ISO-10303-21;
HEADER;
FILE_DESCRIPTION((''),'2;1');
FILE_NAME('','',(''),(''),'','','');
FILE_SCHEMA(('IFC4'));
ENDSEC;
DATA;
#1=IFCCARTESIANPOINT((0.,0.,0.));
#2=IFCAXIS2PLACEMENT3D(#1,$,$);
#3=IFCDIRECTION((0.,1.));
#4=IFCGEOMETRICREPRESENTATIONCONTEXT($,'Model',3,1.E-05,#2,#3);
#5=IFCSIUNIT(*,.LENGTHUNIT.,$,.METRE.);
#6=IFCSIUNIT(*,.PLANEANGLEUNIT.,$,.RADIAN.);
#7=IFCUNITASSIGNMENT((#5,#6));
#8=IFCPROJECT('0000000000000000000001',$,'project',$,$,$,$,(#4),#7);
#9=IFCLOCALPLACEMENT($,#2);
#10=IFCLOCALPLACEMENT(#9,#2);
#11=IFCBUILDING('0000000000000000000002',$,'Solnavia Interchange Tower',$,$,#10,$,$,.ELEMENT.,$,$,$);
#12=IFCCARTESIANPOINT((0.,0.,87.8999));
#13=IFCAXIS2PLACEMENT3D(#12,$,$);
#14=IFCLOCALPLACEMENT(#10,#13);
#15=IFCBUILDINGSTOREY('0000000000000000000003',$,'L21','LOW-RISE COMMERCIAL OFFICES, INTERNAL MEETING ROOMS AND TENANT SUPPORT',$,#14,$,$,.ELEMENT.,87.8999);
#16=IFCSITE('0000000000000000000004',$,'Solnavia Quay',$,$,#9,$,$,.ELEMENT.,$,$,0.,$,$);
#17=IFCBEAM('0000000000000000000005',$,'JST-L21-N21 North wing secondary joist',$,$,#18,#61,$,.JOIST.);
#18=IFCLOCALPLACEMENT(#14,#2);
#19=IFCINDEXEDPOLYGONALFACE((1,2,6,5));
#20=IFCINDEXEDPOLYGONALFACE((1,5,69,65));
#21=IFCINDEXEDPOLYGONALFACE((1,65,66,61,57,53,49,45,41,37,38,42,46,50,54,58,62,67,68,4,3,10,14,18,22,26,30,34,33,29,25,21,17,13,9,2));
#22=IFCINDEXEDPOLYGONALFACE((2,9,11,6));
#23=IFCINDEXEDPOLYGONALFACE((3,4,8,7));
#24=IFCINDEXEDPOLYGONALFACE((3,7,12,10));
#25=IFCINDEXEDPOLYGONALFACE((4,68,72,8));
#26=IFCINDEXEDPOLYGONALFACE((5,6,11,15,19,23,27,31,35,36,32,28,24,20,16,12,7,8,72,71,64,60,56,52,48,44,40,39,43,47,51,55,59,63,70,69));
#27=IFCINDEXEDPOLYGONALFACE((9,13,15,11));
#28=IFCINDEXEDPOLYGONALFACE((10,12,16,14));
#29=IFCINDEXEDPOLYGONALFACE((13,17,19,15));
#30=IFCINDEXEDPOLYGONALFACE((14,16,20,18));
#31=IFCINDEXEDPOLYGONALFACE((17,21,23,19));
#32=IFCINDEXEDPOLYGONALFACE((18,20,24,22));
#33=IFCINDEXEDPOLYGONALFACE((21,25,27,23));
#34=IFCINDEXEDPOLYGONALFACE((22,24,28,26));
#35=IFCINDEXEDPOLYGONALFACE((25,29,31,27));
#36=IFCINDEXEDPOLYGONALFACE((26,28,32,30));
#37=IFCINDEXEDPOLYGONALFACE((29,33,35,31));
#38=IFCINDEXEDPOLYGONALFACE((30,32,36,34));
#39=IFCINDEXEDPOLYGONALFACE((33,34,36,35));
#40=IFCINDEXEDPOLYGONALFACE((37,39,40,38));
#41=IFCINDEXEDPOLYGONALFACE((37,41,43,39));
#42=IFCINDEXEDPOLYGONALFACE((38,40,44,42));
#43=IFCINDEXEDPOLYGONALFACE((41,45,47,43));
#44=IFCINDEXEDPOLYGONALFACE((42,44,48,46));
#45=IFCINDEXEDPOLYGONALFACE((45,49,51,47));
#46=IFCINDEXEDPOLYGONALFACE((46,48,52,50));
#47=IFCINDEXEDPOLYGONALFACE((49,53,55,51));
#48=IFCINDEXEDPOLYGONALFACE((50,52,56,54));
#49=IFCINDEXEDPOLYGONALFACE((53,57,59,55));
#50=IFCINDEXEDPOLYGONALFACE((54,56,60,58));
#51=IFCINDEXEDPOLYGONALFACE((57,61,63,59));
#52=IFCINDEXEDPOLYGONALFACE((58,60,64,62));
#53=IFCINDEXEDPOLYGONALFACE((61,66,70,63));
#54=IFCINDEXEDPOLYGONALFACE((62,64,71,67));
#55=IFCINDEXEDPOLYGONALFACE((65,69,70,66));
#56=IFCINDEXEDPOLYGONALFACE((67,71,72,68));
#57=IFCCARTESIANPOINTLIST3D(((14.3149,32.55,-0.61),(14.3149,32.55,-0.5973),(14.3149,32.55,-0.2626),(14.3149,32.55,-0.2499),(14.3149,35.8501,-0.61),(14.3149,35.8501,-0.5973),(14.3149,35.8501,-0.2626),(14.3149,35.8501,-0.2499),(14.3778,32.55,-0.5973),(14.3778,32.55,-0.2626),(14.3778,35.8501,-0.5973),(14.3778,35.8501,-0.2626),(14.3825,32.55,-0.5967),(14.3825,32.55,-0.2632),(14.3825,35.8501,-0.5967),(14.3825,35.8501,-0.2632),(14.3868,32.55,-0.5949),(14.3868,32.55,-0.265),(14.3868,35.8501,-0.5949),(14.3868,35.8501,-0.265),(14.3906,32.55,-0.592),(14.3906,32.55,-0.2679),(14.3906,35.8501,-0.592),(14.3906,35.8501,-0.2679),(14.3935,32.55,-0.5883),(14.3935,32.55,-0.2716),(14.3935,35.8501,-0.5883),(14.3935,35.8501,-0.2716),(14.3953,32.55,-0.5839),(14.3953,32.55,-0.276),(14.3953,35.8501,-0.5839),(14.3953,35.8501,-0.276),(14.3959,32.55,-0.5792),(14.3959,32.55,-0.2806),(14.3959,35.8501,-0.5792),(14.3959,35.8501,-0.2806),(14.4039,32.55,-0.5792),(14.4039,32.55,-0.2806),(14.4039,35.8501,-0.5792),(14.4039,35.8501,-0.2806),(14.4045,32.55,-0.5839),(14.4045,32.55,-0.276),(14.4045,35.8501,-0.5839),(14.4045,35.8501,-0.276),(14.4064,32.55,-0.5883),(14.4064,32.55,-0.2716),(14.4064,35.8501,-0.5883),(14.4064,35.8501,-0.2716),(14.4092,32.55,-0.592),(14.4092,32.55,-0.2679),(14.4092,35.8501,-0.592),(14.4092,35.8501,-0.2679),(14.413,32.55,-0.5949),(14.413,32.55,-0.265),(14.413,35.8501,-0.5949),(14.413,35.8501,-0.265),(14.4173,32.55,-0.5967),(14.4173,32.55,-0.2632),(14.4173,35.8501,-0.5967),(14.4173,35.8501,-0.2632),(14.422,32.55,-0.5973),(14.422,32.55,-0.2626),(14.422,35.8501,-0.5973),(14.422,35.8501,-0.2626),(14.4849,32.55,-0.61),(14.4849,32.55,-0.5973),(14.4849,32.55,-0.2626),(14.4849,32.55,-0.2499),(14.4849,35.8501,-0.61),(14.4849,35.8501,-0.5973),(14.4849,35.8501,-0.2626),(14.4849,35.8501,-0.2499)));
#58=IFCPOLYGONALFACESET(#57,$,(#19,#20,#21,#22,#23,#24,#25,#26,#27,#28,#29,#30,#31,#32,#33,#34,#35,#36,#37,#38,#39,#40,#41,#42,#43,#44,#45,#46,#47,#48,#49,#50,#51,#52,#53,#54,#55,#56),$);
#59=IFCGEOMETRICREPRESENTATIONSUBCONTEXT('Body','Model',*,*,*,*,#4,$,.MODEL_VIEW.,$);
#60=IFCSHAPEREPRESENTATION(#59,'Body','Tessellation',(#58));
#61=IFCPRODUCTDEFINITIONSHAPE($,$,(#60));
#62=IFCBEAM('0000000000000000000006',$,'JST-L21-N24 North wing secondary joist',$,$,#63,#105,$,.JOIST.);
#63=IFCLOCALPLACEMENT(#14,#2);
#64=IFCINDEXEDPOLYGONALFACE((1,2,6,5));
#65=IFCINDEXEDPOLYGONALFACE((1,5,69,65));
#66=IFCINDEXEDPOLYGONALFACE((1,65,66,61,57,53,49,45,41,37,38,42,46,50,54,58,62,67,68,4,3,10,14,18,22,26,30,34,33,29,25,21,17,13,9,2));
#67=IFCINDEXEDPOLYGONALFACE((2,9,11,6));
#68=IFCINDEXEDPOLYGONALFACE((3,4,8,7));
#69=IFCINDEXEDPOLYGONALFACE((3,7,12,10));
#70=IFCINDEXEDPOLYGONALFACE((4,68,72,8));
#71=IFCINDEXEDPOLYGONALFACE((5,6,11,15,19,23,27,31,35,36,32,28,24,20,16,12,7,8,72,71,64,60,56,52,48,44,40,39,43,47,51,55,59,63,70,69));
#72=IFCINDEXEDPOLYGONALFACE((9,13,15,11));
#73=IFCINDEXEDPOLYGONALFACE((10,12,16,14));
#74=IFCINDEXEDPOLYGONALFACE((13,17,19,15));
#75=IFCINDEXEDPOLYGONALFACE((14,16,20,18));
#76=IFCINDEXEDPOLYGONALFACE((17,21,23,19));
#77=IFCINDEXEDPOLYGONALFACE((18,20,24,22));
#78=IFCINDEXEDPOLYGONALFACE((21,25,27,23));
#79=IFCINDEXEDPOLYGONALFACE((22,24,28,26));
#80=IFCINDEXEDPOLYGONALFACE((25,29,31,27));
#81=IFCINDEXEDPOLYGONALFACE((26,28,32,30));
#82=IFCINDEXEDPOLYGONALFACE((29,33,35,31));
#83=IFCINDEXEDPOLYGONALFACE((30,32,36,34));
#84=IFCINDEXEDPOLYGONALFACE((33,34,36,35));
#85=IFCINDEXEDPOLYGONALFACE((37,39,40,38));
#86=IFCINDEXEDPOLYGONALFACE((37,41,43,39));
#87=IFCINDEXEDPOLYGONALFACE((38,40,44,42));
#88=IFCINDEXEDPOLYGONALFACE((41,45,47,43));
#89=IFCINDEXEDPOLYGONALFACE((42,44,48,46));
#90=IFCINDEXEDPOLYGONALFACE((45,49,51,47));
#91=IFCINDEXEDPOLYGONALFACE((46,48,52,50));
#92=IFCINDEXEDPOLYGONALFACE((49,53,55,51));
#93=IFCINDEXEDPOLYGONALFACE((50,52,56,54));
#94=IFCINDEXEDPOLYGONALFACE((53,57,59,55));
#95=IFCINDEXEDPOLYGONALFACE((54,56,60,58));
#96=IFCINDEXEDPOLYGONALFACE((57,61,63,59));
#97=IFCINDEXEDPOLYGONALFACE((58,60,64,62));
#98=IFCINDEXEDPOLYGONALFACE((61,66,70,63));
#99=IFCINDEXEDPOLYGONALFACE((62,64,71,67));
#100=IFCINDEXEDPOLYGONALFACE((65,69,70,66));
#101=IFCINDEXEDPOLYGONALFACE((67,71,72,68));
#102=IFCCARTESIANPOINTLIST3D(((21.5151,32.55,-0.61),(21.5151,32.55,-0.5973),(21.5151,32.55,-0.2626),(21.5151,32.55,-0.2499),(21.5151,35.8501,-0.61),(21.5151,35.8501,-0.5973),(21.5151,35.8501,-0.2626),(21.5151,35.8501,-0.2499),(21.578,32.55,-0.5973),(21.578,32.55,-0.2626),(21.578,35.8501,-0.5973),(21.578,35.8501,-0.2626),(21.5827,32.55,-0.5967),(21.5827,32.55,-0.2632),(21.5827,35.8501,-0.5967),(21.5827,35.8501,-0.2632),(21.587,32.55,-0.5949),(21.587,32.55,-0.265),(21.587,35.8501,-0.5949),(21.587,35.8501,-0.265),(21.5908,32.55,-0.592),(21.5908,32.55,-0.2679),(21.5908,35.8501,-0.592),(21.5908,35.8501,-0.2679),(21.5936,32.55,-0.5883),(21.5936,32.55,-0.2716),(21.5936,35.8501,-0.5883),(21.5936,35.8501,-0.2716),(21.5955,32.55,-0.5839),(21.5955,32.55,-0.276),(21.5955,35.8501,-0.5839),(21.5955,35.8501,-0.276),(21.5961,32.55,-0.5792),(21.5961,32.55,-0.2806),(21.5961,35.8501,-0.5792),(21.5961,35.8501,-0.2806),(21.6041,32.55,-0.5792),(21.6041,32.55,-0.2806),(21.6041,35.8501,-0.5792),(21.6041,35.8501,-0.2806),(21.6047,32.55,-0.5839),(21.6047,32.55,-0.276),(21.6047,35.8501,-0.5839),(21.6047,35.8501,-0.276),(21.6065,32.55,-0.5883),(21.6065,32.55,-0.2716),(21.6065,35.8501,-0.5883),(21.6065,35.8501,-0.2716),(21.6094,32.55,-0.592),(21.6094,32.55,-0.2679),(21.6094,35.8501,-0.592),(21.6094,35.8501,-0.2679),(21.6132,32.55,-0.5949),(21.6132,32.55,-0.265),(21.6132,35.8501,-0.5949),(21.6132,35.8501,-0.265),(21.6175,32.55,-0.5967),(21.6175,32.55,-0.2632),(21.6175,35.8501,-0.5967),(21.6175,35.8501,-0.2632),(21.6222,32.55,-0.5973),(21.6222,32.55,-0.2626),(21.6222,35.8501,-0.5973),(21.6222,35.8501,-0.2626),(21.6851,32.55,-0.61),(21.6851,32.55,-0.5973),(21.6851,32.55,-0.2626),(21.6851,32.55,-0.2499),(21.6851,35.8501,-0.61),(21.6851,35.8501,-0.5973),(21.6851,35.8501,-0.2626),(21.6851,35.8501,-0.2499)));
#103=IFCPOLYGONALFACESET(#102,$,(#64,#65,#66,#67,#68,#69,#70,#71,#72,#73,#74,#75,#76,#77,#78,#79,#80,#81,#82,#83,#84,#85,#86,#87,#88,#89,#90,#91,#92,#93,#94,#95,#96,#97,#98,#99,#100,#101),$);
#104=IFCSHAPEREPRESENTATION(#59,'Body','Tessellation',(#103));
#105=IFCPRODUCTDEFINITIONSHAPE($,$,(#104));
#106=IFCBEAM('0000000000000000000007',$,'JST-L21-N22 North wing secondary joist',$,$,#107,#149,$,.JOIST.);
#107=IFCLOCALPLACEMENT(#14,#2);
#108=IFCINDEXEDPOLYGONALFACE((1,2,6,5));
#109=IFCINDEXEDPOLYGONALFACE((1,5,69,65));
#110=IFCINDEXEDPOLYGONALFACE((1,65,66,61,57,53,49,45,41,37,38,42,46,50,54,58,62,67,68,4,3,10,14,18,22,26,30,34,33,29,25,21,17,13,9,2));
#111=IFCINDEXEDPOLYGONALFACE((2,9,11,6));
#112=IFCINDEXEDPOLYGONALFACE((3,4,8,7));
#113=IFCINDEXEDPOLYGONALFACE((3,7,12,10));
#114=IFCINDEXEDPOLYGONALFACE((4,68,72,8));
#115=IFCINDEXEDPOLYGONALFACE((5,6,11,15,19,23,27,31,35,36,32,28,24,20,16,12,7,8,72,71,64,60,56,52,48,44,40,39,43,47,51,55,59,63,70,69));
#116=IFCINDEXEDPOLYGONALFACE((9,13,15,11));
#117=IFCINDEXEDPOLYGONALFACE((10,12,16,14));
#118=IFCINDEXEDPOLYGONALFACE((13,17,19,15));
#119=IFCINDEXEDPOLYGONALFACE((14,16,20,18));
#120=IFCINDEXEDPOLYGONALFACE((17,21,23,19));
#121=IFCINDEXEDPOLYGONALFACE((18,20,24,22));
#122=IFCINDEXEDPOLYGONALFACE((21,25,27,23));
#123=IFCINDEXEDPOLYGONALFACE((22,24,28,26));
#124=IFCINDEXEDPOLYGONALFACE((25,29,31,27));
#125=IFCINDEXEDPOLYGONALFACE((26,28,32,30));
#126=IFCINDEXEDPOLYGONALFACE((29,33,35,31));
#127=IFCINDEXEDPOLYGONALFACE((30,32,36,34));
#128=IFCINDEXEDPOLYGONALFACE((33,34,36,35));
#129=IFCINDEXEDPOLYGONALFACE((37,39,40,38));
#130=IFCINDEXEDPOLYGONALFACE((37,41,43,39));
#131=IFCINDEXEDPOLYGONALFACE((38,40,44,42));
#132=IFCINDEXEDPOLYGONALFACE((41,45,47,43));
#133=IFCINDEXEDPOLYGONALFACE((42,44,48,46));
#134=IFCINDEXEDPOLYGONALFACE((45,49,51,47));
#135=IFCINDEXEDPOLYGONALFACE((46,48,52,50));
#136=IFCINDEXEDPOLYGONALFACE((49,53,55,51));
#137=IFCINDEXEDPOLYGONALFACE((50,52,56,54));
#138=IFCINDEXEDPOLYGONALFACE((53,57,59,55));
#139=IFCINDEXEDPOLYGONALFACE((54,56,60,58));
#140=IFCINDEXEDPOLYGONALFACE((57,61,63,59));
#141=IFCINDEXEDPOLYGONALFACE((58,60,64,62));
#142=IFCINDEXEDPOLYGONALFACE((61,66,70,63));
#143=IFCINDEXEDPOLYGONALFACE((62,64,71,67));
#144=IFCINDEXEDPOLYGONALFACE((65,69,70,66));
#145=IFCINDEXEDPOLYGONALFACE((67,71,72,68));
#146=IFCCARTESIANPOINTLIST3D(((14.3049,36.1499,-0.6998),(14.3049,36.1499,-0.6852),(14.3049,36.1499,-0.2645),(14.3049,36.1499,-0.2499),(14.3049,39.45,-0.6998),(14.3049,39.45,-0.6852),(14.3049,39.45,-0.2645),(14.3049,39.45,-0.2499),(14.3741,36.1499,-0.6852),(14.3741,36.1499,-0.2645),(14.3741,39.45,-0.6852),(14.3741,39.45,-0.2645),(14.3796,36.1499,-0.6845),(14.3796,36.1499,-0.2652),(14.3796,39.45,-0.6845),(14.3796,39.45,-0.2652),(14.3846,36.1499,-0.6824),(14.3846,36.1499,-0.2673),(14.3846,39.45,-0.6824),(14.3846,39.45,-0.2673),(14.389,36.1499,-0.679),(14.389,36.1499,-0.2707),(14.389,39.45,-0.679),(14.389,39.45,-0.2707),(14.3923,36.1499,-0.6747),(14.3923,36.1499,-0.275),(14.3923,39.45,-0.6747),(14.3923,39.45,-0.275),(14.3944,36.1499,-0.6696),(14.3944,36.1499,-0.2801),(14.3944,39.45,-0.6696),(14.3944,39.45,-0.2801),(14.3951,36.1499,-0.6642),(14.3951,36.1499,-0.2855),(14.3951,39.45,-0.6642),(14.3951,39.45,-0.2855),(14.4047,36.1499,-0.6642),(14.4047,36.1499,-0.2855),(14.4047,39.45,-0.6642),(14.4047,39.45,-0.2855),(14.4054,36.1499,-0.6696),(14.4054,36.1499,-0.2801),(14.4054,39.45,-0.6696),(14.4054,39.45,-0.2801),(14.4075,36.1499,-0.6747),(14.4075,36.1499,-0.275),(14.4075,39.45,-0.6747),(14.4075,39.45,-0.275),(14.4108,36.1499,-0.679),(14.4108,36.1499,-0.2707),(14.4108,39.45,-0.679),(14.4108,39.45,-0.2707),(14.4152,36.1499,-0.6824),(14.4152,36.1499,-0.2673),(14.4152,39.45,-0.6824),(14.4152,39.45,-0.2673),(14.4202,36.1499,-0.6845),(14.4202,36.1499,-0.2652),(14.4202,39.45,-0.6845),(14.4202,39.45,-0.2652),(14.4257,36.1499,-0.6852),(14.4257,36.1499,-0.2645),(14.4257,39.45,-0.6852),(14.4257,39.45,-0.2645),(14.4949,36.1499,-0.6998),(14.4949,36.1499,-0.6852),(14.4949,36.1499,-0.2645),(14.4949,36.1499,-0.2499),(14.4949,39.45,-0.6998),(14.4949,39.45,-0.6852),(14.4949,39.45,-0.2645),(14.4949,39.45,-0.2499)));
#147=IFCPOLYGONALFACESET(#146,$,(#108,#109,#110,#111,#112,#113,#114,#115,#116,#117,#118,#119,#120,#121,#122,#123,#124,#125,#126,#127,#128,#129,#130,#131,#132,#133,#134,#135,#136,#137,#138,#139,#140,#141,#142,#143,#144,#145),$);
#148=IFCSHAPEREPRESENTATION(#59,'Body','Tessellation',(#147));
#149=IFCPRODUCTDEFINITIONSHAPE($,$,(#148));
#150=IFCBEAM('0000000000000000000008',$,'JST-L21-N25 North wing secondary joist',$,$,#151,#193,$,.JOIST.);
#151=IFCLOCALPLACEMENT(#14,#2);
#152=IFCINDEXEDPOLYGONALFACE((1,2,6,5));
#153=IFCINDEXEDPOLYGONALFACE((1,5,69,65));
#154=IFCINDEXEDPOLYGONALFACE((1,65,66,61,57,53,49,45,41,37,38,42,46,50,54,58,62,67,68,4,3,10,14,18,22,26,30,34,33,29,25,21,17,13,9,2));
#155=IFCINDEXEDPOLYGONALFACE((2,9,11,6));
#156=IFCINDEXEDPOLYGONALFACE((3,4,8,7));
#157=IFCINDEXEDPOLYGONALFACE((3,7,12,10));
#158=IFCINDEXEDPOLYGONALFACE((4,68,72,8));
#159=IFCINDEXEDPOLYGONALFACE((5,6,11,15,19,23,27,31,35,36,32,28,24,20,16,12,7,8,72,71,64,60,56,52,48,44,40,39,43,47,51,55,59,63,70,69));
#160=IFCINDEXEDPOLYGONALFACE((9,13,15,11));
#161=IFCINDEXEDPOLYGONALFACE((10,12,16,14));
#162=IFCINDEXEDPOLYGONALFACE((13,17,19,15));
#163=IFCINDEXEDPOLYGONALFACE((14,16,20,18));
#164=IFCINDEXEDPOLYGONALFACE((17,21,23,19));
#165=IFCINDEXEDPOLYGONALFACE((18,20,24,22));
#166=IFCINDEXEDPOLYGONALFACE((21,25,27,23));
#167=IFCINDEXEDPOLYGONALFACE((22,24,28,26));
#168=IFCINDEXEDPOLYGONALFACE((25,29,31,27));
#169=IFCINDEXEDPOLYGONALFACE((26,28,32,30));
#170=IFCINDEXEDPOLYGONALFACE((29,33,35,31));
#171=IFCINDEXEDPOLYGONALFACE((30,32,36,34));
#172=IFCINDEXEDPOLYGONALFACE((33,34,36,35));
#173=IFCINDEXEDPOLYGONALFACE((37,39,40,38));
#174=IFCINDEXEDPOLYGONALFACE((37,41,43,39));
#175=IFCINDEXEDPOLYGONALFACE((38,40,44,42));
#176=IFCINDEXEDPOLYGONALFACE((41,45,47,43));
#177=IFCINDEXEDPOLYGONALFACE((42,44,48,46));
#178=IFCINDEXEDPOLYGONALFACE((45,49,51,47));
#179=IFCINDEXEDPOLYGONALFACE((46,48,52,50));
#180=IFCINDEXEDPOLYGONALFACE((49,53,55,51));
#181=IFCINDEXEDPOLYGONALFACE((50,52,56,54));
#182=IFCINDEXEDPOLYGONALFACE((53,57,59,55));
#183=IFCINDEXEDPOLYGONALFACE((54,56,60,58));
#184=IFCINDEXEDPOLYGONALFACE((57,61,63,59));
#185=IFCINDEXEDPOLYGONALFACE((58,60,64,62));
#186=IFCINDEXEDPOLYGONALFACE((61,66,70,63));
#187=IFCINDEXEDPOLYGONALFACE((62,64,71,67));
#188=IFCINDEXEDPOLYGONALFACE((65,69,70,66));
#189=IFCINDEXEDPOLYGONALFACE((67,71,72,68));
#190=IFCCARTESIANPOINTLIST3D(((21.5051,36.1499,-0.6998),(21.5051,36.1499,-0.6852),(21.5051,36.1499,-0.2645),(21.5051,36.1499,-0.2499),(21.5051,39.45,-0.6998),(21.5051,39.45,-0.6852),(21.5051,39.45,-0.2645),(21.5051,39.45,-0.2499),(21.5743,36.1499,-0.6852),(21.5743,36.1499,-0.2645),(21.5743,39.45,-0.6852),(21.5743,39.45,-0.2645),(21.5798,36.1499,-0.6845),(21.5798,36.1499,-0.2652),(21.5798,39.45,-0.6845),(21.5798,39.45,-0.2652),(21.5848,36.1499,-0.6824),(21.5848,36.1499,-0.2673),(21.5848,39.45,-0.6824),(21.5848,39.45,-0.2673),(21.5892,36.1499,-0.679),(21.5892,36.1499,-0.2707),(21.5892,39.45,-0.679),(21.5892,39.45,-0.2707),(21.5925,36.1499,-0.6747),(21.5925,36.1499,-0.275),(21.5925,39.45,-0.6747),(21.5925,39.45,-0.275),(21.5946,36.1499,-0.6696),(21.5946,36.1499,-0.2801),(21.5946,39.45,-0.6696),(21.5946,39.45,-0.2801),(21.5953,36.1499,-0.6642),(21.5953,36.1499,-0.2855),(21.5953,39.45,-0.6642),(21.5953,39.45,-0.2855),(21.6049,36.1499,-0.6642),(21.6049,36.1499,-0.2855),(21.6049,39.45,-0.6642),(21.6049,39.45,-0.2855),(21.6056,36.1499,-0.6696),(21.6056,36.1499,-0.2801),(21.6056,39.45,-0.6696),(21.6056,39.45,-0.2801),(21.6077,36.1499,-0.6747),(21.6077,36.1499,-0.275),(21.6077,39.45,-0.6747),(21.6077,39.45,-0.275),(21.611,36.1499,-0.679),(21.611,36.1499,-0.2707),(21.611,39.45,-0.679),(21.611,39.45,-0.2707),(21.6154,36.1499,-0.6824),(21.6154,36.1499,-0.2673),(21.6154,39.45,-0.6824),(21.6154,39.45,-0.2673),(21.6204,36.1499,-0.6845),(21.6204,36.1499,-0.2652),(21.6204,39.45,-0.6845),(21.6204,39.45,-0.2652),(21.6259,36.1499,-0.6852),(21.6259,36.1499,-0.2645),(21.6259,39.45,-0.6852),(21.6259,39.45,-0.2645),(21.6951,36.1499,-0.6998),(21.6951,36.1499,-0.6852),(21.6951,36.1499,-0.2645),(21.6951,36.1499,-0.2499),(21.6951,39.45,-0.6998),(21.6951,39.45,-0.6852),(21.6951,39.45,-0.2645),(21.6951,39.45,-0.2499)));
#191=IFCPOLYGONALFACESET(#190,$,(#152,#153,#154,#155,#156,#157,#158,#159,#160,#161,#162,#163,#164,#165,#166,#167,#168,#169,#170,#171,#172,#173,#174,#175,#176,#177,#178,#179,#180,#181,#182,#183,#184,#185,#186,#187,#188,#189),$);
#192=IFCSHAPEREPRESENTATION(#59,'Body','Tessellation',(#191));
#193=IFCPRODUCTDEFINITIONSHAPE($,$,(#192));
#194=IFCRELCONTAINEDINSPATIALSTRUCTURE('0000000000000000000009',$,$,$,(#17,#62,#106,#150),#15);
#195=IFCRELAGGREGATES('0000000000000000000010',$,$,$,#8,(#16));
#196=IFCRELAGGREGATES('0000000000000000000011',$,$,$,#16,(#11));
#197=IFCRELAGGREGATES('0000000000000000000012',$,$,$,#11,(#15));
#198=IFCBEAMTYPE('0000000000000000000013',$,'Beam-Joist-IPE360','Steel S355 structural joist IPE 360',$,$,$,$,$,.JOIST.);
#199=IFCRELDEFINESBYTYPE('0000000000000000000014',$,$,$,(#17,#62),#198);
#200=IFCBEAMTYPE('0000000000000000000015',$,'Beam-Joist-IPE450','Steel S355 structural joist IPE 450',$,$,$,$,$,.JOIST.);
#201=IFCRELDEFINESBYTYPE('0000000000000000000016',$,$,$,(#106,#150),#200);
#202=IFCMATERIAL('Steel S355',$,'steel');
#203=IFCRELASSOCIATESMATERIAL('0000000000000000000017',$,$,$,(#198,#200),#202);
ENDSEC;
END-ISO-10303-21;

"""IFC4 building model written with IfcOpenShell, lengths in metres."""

from ifc_helpers import new_model, si_unit, direction, frame, origin, origin_2d, place, context, subcontext, project, spatial, i_section, extrude, material, material_profile, profile_set, type_object, element, save


model = new_model("IFC4")

# Units and contexts
model_context = context("Model", 3, precision=1e-05, world=origin(), true_north=direction((0.0, 1.0)))
body_context = subcontext(model_context, "Body", "Model", "MODEL_VIEW")
ifc_project = project(units=[si_unit("LENGTHUNIT", "METRE"), si_unit("PLANEANGLEUNIT", "RADIAN")], contexts=[model_context])

# Site, building, storey
site_placement = place(None, origin())
site = spatial("IfcSite", under=ifc_project, at=site_placement, Name="Solnavia Quay", CompositionType="ELEMENT", RefElevation=0.0)
building_placement = place(site_placement, origin())
building = spatial("IfcBuilding", under=site, at=building_placement, Name="Solnavia Interchange Tower", CompositionType="ELEMENT")
storey_placement = place(building_placement, frame((0.0, 0.0, 87.8999)))
storey = spatial("IfcBuildingStorey", under=building, at=storey_placement, Name="L21", Description="LOW-RISE COMMERCIAL OFFICES, INTERNAL MEETING ROOMS AND TENANT SUPPORT", CompositionType="ELEMENT", Elevation=87.8999)

# Shared definitions
ifc_material_1 = material(Name="Steel S355", Category="steel")

# Beams
ifc_material_profile_1 = material_profile(ifc_material_1, i_section(OverallWidth=0.1699, OverallDepth=0.3601, WebThickness=0.0081, FlangeThickness=0.0127, FilletRadius=0.0181, at=origin_2d()), Name="IPE 360")
ifc_profile_set_1 = profile_set([ifc_material_profile_1], Name="Steel S355")
beam_type_1 = type_object("IfcBeamType", Name="Beam-Joist-IPE360", Description="Steel S355 structural joist IPE 360", PredefinedType="JOIST", material=ifc_profile_set_1)
for number, where, z_axis, x_axis, name in (
    (1, (14.3999, 32.55, -0.4299), (0.0, 1.0, 0.0), (-1.0, 0.0, 0.0), "JST-L21-N21 North wing secondary joist"),
    (2, (21.6001, 32.55, -0.4299), (0.0, 1.0, 0.0), (-1.0, 0.0, 0.0), "JST-L21-N24 North wing secondary joist"),
):
    element("IfcBeam", number, at=place(storey_placement, frame(where, z_axis=z_axis, x_axis=x_axis)), inside=storey, type_object=beam_type_1, Name=name, PredefinedType="JOIST", context=body_context, shape_type="SweptSolid", body=[
        extrude(i_section(OverallWidth=0.1699, OverallDepth=0.3601, WebThickness=0.0081, FlangeThickness=0.0127, FilletRadius=0.0181, at=origin_2d()), origin(), (0.0, 0.0, 1.0), 3.3),
    ])
ifc_material_profile_2 = material_profile(ifc_material_1, i_section(OverallWidth=0.1899, OverallDepth=0.45, WebThickness=0.0095, FlangeThickness=0.0146, FilletRadius=0.021, at=origin_2d()), Name="IPE 450")
ifc_profile_set_2 = profile_set([ifc_material_profile_2], Name="Steel S355")
beam_type_2 = type_object("IfcBeamType", Name="Beam-Joist-IPE450", Description="Steel S355 structural joist IPE 450", PredefinedType="JOIST", material=ifc_profile_set_2)
for number, where, z_axis, x_axis, name in (
    (3, (14.3999, 36.1499, -0.4749), (0.0, 1.0, 0.0), (-1.0, 0.0, 0.0), "JST-L21-N22 North wing secondary joist"),
    (4, (21.6001, 36.1499, -0.4749), (0.0, 1.0, 0.0), (-1.0, 0.0, 0.0), "JST-L21-N25 North wing secondary joist"),
):
    element("IfcBeam", number, at=place(storey_placement, frame(where, z_axis=z_axis, x_axis=x_axis)), inside=storey, type_object=beam_type_2, Name=name, PredefinedType="JOIST", context=body_context, shape_type="SweptSolid", body=[
        extrude(i_section(OverallWidth=0.1899, OverallDepth=0.45, WebThickness=0.0095, FlangeThickness=0.0146, FilletRadius=0.021, at=origin_2d()), origin(), (0.0, 0.0, 1.0), 3.3),
    ])

save(model, "model.ifc")
